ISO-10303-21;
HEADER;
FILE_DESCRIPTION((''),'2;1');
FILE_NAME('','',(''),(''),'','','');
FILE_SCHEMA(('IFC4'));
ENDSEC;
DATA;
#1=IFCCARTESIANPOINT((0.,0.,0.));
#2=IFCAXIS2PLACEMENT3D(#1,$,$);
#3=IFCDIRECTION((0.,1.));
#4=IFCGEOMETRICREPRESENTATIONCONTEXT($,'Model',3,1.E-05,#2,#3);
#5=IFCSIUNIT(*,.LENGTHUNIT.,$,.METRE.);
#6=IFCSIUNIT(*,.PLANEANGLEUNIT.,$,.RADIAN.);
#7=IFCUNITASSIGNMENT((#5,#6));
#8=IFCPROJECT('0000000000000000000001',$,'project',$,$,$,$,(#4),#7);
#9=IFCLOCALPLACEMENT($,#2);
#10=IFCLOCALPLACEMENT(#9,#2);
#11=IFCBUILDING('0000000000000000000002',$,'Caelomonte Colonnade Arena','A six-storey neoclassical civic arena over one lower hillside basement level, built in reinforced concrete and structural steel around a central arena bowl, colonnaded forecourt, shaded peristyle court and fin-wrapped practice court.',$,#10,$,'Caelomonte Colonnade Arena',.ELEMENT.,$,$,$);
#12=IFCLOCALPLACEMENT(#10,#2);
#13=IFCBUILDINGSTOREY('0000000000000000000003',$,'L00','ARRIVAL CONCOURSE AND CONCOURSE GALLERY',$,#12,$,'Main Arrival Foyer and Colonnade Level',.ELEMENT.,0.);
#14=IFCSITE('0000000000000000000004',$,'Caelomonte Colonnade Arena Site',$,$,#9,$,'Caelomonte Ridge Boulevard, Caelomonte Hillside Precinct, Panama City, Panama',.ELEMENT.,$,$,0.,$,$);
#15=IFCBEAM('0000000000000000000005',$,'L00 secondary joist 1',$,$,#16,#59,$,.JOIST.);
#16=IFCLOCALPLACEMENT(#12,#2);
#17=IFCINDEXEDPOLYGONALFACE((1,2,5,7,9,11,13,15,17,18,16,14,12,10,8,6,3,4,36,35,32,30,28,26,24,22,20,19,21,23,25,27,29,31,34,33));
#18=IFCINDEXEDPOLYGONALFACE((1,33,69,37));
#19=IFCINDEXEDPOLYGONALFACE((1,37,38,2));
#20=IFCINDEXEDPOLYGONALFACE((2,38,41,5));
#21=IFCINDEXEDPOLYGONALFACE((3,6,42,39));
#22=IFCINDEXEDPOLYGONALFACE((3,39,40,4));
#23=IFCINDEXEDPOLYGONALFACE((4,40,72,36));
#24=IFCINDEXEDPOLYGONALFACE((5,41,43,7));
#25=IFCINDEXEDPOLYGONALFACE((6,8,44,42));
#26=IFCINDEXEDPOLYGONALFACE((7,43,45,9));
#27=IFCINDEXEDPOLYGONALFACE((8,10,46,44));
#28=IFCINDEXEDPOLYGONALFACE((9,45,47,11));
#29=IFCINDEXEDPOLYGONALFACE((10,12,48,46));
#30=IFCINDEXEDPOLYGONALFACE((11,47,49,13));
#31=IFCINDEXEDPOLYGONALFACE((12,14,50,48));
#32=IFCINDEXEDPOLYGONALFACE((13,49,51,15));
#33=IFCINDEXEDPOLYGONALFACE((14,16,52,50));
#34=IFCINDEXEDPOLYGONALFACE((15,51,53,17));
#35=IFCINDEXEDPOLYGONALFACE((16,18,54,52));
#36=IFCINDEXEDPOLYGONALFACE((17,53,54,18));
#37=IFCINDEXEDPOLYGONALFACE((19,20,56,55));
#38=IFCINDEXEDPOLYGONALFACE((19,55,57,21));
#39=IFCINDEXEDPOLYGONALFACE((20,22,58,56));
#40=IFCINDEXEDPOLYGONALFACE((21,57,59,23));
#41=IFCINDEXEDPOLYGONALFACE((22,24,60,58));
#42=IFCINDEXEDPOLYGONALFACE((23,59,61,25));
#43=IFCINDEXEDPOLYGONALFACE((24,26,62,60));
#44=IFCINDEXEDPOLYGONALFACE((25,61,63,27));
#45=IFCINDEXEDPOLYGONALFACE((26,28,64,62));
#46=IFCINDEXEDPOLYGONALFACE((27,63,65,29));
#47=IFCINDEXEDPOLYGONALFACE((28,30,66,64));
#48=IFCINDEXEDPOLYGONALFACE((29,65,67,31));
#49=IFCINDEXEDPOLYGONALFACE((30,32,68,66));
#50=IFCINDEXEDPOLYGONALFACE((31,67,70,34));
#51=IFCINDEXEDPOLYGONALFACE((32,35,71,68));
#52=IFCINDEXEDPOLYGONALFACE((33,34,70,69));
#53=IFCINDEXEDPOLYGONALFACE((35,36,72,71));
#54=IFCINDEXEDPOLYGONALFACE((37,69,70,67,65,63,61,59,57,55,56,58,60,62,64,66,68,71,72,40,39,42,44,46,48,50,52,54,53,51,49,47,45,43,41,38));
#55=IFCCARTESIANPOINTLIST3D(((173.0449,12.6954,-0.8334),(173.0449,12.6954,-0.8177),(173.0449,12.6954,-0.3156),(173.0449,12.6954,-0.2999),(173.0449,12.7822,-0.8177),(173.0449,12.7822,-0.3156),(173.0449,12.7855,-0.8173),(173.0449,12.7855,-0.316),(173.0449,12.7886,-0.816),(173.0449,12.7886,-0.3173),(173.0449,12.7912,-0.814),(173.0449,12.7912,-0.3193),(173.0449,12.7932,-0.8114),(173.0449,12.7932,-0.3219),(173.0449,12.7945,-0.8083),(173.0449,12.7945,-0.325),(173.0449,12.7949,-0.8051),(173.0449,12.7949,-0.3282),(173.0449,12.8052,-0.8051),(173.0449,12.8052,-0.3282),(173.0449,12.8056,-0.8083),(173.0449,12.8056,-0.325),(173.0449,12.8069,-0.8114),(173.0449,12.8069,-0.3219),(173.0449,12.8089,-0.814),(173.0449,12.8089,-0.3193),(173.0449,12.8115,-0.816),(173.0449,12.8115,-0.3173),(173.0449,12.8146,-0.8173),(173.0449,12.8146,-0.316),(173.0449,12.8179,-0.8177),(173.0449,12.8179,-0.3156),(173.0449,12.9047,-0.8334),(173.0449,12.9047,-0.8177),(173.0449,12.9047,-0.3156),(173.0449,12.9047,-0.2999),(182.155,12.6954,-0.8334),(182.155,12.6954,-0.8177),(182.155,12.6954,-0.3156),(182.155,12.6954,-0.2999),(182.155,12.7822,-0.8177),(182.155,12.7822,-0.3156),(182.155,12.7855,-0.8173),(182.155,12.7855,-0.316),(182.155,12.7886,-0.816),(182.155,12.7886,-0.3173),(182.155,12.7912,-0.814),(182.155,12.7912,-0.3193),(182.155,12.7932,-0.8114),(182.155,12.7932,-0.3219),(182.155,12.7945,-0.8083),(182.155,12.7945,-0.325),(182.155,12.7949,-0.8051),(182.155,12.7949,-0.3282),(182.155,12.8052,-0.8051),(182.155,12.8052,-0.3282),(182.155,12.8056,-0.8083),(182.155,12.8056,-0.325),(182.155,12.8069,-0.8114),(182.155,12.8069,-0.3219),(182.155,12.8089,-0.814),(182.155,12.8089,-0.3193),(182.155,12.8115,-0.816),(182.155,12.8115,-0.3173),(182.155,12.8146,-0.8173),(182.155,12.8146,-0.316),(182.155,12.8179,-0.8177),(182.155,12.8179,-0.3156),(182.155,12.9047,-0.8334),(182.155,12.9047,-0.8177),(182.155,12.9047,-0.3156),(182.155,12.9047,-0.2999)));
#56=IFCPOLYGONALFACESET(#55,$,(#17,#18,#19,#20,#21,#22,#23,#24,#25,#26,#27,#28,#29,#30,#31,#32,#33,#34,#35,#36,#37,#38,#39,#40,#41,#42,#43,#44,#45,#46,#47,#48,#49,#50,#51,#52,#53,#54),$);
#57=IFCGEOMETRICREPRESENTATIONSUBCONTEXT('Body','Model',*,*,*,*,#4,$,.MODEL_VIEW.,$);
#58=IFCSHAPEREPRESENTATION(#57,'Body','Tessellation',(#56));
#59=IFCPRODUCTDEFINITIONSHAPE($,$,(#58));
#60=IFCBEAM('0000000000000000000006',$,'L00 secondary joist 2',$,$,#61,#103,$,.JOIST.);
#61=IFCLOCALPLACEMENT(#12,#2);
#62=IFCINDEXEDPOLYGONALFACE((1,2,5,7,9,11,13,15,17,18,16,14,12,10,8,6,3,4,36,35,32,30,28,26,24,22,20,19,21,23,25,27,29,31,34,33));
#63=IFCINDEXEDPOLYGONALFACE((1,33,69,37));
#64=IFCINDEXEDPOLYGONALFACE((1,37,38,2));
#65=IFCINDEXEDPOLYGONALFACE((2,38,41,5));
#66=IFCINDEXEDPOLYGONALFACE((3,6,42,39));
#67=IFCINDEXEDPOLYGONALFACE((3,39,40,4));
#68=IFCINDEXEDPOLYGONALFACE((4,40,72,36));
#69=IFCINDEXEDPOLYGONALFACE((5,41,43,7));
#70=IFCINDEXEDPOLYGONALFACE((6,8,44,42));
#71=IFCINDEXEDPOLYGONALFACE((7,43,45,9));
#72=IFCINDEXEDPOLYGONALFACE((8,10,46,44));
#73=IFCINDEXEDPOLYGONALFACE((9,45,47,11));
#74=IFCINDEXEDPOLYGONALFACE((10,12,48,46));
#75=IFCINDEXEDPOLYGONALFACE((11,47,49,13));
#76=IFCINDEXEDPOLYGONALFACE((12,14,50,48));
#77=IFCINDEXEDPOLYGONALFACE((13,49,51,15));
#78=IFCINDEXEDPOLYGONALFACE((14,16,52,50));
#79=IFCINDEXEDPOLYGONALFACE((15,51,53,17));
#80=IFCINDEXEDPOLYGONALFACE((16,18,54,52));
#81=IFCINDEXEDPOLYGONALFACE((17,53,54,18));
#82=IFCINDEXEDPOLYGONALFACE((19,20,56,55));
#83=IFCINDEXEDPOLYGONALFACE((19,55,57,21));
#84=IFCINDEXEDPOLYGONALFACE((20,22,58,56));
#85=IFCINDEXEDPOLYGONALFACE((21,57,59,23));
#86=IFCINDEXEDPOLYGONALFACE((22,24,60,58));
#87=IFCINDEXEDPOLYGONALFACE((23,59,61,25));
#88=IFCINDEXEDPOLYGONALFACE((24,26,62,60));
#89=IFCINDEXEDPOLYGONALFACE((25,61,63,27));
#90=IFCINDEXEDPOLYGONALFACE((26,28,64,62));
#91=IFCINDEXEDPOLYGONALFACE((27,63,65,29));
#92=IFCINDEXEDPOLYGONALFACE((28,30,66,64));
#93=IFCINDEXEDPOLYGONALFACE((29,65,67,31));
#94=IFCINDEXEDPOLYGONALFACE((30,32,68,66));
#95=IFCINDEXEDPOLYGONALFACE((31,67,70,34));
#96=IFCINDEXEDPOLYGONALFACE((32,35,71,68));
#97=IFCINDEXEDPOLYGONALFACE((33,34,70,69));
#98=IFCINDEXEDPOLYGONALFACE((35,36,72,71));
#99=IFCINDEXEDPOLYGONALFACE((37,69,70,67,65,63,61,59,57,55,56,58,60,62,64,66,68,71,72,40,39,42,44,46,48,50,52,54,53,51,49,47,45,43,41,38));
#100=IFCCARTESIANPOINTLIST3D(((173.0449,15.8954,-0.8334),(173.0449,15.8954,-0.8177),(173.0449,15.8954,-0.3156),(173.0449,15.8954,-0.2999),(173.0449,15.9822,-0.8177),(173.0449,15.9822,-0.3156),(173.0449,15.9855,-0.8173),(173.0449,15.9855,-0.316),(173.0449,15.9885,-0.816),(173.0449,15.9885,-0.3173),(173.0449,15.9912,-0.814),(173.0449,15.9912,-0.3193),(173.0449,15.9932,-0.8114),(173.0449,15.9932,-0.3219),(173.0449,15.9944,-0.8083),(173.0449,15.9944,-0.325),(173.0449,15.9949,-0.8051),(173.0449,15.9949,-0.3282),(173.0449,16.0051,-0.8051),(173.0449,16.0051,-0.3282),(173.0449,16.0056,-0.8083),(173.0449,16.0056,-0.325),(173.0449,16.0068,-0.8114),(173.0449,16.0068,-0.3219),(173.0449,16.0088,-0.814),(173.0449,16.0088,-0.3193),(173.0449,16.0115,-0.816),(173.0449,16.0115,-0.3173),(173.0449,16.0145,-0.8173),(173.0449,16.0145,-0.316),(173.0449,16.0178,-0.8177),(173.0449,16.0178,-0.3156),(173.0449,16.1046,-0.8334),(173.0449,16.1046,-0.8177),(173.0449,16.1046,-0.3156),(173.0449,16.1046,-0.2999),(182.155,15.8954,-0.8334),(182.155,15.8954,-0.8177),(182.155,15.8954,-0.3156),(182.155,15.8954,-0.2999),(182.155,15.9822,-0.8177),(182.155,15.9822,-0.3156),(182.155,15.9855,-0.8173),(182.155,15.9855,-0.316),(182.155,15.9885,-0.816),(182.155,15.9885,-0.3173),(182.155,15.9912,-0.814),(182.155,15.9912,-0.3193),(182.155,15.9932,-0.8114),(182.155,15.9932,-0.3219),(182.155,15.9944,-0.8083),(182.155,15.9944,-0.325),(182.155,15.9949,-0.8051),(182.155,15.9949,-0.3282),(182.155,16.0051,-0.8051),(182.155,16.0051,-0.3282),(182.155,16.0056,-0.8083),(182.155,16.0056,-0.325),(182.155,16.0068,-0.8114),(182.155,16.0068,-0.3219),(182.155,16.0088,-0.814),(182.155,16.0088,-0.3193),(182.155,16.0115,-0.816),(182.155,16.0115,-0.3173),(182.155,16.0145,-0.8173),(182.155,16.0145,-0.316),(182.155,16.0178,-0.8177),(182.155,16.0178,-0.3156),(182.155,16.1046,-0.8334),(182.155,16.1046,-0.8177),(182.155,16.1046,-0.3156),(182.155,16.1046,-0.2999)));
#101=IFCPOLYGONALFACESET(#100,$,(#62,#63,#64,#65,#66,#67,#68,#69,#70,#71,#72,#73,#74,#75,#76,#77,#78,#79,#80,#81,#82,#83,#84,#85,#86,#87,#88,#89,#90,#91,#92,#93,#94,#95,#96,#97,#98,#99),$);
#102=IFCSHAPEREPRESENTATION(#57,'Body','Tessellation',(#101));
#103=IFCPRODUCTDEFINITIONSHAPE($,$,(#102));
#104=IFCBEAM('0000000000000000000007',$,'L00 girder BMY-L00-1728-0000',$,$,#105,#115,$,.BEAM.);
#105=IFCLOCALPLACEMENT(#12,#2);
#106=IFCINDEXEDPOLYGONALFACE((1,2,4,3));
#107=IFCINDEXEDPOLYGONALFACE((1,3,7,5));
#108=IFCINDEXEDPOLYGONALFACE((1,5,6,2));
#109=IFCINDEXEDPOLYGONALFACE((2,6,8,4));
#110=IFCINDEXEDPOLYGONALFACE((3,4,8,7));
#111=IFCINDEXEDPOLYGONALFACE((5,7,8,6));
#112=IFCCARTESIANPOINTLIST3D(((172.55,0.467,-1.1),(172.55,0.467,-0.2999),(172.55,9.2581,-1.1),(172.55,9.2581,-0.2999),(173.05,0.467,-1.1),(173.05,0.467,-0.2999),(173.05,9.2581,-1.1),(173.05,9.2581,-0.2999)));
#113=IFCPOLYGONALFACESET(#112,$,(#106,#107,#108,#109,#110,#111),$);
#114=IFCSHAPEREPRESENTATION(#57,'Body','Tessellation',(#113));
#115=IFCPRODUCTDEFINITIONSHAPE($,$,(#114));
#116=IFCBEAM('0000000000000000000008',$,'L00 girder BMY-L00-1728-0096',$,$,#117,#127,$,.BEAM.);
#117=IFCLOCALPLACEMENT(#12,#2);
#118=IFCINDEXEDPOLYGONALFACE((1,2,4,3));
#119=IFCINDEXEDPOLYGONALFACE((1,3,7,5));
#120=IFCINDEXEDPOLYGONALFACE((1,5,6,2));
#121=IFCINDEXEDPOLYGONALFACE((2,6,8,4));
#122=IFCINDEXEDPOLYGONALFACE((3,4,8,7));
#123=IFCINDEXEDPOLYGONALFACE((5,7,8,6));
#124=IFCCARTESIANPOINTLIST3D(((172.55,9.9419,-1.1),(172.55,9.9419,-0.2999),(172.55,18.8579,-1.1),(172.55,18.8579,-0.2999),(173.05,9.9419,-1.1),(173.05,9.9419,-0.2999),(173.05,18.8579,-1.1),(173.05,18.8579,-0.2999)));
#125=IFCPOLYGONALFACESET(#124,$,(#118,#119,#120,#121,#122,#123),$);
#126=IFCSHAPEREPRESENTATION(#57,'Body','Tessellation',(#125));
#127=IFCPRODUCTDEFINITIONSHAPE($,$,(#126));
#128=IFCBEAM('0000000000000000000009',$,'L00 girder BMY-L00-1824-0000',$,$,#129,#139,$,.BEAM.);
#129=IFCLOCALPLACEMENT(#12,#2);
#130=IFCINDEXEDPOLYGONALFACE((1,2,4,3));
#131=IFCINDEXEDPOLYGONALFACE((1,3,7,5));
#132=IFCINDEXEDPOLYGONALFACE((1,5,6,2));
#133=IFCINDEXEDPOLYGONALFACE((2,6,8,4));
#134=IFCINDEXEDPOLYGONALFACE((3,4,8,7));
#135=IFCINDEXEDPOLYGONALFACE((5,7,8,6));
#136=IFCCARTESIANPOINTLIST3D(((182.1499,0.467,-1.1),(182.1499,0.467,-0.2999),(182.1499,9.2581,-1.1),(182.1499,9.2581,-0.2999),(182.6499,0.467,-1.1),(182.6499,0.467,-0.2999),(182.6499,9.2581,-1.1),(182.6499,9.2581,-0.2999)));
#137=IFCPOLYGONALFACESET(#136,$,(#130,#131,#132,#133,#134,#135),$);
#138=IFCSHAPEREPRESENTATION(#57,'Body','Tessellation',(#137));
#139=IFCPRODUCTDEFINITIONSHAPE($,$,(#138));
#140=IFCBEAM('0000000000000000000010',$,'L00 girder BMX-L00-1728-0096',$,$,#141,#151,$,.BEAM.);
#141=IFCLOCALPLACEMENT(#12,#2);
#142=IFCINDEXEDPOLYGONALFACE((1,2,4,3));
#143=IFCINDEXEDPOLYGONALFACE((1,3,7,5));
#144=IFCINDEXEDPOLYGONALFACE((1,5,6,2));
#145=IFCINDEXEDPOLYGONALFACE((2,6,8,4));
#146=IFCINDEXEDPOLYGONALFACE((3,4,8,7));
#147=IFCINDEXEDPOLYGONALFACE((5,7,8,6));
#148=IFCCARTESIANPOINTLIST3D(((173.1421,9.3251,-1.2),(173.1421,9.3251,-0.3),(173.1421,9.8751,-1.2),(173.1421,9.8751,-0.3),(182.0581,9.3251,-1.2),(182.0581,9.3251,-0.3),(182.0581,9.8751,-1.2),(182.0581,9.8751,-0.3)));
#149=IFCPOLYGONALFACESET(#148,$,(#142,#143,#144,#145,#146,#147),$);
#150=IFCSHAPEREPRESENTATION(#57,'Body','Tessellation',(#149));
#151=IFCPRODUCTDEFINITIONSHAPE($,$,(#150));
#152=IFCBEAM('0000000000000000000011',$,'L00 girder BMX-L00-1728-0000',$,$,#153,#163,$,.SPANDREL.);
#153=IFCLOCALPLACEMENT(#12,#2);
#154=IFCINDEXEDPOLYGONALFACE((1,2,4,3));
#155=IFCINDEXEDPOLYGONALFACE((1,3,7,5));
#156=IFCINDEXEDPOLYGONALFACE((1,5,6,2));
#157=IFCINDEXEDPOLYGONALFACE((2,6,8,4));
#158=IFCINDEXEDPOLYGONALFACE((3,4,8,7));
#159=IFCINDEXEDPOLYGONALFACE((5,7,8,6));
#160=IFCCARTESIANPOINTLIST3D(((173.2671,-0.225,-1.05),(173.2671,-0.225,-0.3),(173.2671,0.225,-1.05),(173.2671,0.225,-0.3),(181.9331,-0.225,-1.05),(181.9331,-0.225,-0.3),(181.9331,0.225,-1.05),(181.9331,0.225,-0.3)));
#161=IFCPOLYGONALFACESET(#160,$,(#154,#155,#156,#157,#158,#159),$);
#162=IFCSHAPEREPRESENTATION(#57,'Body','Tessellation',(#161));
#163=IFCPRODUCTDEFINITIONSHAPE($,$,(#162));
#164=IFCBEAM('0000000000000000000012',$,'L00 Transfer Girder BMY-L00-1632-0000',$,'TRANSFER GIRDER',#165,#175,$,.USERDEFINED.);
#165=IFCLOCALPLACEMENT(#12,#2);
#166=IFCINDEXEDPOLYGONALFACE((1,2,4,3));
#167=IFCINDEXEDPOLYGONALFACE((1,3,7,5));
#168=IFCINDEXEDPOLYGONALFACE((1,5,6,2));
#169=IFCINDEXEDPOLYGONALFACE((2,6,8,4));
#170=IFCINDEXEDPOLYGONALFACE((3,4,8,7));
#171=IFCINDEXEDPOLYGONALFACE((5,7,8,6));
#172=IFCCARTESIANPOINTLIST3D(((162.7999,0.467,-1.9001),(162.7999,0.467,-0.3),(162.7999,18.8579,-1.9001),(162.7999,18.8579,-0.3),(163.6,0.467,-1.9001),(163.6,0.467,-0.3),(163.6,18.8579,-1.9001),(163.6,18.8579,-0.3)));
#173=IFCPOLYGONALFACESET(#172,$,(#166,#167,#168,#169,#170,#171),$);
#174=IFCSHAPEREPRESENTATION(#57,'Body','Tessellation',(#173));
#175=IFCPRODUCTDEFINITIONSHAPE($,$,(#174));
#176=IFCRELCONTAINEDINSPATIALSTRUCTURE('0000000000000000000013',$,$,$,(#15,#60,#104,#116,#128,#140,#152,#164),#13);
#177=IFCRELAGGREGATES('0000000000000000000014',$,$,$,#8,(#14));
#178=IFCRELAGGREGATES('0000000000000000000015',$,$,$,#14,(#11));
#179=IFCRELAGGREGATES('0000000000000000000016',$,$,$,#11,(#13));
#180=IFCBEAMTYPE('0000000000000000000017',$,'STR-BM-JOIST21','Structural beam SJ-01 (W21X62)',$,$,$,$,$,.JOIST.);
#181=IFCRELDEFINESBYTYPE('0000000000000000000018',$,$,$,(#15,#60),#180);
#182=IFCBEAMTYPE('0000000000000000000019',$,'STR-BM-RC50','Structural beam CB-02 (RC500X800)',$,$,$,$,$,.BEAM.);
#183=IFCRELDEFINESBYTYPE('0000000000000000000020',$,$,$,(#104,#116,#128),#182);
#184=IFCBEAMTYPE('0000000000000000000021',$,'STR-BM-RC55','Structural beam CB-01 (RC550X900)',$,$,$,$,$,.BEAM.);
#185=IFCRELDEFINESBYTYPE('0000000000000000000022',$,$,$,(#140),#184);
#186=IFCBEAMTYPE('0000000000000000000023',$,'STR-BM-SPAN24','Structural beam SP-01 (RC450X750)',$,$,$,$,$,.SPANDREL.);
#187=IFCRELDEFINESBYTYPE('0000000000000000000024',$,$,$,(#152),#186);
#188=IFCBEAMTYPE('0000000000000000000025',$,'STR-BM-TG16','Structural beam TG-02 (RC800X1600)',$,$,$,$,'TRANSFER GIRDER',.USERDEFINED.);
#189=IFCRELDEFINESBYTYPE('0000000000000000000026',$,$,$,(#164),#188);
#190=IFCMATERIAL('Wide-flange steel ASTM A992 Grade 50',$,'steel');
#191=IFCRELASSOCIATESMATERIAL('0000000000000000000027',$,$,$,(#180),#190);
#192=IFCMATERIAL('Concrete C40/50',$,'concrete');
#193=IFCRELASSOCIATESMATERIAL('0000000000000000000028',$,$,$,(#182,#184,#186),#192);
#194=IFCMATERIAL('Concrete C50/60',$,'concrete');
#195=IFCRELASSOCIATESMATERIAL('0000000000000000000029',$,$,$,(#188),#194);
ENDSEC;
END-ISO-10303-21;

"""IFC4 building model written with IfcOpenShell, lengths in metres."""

from ifc_helpers import new_model, si_unit, direction, frame, origin, origin_2d, place, context, subcontext, project, spatial, rectangle, i_section, extrude, material, material_profile, profile_set, type_object, element, save


model = new_model("IFC4")

# Units and contexts
model_context = context("Model", 3, precision=1e-05, world=origin(), true_north=direction((0.0, 1.0)))
body_context = subcontext(model_context, "Body", "Model", "MODEL_VIEW")
ifc_project = project(units=[si_unit("LENGTHUNIT", "METRE"), si_unit("PLANEANGLEUNIT", "RADIAN")], contexts=[model_context])

# Site, building, storey
site_placement = place(None, origin())
site = spatial("IfcSite", under=ifc_project, at=site_placement, Name="Caelomonte Colonnade Arena Site", LongName="Caelomonte Ridge Boulevard, Caelomonte Hillside Precinct, Panama City, Panama", CompositionType="ELEMENT", RefElevation=0.0)
building_placement = place(site_placement, origin())
building = spatial("IfcBuilding", under=site, at=building_placement, Name="Caelomonte Colonnade Arena", Description="A six-storey neoclassical civic arena over one lower hillside basement level, built in reinforced concrete and structural steel around a central arena bowl, colonnaded forecourt, shaded peristyle court and fin-wrapped practice court.", LongName="Caelomonte Colonnade Arena", CompositionType="ELEMENT")
storey_placement = place(building_placement, origin())
storey = spatial("IfcBuildingStorey", under=building, at=storey_placement, Name="L00", Description="ARRIVAL CONCOURSE AND CONCOURSE GALLERY", LongName="Main Arrival Foyer and Colonnade Level", CompositionType="ELEMENT", Elevation=0.0)

# Shared definitions
ifc_material_1 = material(Name="Concrete C40/50", Category="concrete")

# Beams
ifc_material_2 = material(Name="Wide-flange steel ASTM A992 Grade 50", Category="steel")
ifc_material_profile_1 = material_profile(ifc_material_2, i_section(OverallWidth=0.2092, OverallDepth=0.5334, WebThickness=0.0103, FlangeThickness=0.0156, FilletRadius=0.0127, at=origin_2d()), Name="W21X62")
ifc_profile_set_1 = profile_set([ifc_material_profile_1], Name="Wide-flange steel ASTM A992 Grade 50")
beam_type_1 = type_object("IfcBeamType", Name="STR-BM-JOIST21", Description="Structural beam SJ-01 (W21X62)", PredefinedType="JOIST", material=ifc_profile_set_1)
for number, where, z_axis, x_axis, name in (
    (1, (173.0449, 12.8, -0.5667), (1.0, 0.0, 0.0), (0.0, 1.0, 0.0), "L00 secondary joist 1"),
    (2, (173.0449, 16.0, -0.5667), (1.0, 0.0, 0.0), (0.0, 1.0, 0.0), "L00 secondary joist 2"),
):
    element("IfcBeam", number, at=place(storey_placement, frame(where, z_axis=z_axis, x_axis=x_axis)), inside=storey, type_object=beam_type_1, Name=name, PredefinedType="JOIST", context=body_context, shape_type="SweptSolid", body=[
        extrude(i_section(OverallWidth=0.2092, OverallDepth=0.5334, WebThickness=0.0103, FlangeThickness=0.0156, FilletRadius=0.0127, at=origin_2d()), origin(), (0.0, 0.0, 1.0), 9.1101),
    ])
ifc_material_profile_2 = material_profile(ifc_material_1, rectangle(XDim=0.5, YDim=0.8, at=origin_2d()), Name="RC500X800")
ifc_profile_set_2 = profile_set([ifc_material_profile_2], Name="Concrete C40/50")
beam_type_2 = type_object("IfcBeamType", Name="STR-BM-RC50", Description="Structural beam CB-02 (RC500X800)", PredefinedType="BEAM", material=ifc_profile_set_2)
beam_1_placement = place(storey_placement, frame((172.8, 0.467, -0.7), z_axis=(0.0, 1.0, 0.0), x_axis=(-1.0, 0.0, 0.0)))
element("IfcBeam", 3, at=beam_1_placement, inside=storey, type_object=beam_type_2, Name="L00 girder BMY-L00-1728-0000", PredefinedType="BEAM", context=body_context, shape_type="SweptSolid", body=[
    extrude(rectangle(XDim=0.5, YDim=0.8, at=origin_2d()), origin(), (0.0, 0.0, 1.0), 8.791),
])
beam_2_placement = place(storey_placement, frame((172.8, 9.9419, -0.7), z_axis=(0.0, 1.0, 0.0), x_axis=(-1.0, 0.0, 0.0)))
element("IfcBeam", 4, at=beam_2_placement, inside=storey, type_object=beam_type_2, Name="L00 girder BMY-L00-1728-0096", PredefinedType="BEAM", context=body_context, shape_type="SweptSolid", body=[
    extrude(rectangle(XDim=0.5, YDim=0.8, at=origin_2d()), origin(), (0.0, 0.0, 1.0), 8.916),
])
beam_3_placement = place(storey_placement, frame((182.3999, 0.467, -0.7), z_axis=(0.0, 1.0, 0.0), x_axis=(-1.0, 0.0, 0.0)))
element("IfcBeam", 5, at=beam_3_placement, inside=storey, type_object=beam_type_2, Name="L00 girder BMY-L00-1824-0000", PredefinedType="BEAM", context=body_context, shape_type="SweptSolid", body=[
    extrude(rectangle(XDim=0.5, YDim=0.8, at=origin_2d()), origin(), (0.0, 0.0, 1.0), 8.791),
])
ifc_material_profile_3 = material_profile(ifc_material_1, rectangle(XDim=0.55, YDim=0.8999, at=origin_2d()), Name="RC550X900")
ifc_profile_set_3 = profile_set([ifc_material_profile_3], Name="Concrete C40/50")
beam_type_3 = type_object("IfcBeamType", Name="STR-BM-RC55", Description="Structural beam CB-01 (RC550X900)", PredefinedType="BEAM", material=ifc_profile_set_3)
beam_4_placement = place(storey_placement, frame((173.1421, 9.6001, -0.75), z_axis=(1.0, 0.0, 0.0), x_axis=(0.0, 1.0, 0.0)))
element("IfcBeam", 6, at=beam_4_placement, inside=storey, type_object=beam_type_3, Name="L00 girder BMX-L00-1728-0096", PredefinedType="BEAM", context=body_context, shape_type="SweptSolid", body=[
    extrude(rectangle(XDim=0.55, YDim=0.8999, at=origin_2d()), origin(), (0.0, 0.0, 1.0), 8.916),
])
ifc_material_profile_4 = material_profile(ifc_material_1, rectangle(XDim=0.45, YDim=0.75, at=origin_2d()), Name="RC450X750")
ifc_profile_set_4 = profile_set([ifc_material_profile_4], Name="Concrete C40/50")
beam_type_4 = type_object("IfcBeamType", Name="STR-BM-SPAN24", Description="Structural beam SP-01 (RC450X750)", PredefinedType="SPANDREL", material=ifc_profile_set_4)
beam_5_placement = place(storey_placement, frame((173.2671, 0.0, -0.675), z_axis=(1.0, 0.0, 0.0), x_axis=(0.0, 1.0, 0.0)))
element("IfcBeam", 7, at=beam_5_placement, inside=storey, type_object=beam_type_4, Name="L00 girder BMX-L00-1728-0000", PredefinedType="SPANDREL", context=body_context, shape_type="SweptSolid", body=[
    extrude(rectangle(XDim=0.45, YDim=0.75, at=origin_2d()), origin(), (0.0, 0.0, 1.0), 8.666),
])
ifc_material_3 = material(Name="Concrete C50/60", Category="concrete")
ifc_material_profile_5 = material_profile(ifc_material_3, rectangle(XDim=0.8, YDim=1.6001, at=origin_2d()), Name="RC800X1600")
ifc_profile_set_5 = profile_set([ifc_material_profile_5], Name="Concrete C50/60")
beam_type_5 = type_object("IfcBeamType", Name="STR-BM-TG16", Description="Structural beam TG-02 (RC800X1600)", ElementType="TRANSFER GIRDER", PredefinedType="USERDEFINED", material=ifc_profile_set_5)
beam_6_placement = place(storey_placement, frame((163.2, 0.467, -1.1001), z_axis=(0.0, 1.0, 0.0), x_axis=(-1.0, 0.0, 0.0)))
element("IfcBeam", 8, at=beam_6_placement, inside=storey, type_object=beam_type_5, Name="L00 Transfer Girder BMY-L00-1632-0000", ObjectType="TRANSFER GIRDER", PredefinedType="USERDEFINED", context=body_context, shape_type="SweptSolid", body=[
    extrude(rectangle(XDim=0.8, YDim=1.6001, at=origin_2d()), origin(), (0.0, 0.0, 1.0), 18.3909),
])

save(model, "model.ifc")
